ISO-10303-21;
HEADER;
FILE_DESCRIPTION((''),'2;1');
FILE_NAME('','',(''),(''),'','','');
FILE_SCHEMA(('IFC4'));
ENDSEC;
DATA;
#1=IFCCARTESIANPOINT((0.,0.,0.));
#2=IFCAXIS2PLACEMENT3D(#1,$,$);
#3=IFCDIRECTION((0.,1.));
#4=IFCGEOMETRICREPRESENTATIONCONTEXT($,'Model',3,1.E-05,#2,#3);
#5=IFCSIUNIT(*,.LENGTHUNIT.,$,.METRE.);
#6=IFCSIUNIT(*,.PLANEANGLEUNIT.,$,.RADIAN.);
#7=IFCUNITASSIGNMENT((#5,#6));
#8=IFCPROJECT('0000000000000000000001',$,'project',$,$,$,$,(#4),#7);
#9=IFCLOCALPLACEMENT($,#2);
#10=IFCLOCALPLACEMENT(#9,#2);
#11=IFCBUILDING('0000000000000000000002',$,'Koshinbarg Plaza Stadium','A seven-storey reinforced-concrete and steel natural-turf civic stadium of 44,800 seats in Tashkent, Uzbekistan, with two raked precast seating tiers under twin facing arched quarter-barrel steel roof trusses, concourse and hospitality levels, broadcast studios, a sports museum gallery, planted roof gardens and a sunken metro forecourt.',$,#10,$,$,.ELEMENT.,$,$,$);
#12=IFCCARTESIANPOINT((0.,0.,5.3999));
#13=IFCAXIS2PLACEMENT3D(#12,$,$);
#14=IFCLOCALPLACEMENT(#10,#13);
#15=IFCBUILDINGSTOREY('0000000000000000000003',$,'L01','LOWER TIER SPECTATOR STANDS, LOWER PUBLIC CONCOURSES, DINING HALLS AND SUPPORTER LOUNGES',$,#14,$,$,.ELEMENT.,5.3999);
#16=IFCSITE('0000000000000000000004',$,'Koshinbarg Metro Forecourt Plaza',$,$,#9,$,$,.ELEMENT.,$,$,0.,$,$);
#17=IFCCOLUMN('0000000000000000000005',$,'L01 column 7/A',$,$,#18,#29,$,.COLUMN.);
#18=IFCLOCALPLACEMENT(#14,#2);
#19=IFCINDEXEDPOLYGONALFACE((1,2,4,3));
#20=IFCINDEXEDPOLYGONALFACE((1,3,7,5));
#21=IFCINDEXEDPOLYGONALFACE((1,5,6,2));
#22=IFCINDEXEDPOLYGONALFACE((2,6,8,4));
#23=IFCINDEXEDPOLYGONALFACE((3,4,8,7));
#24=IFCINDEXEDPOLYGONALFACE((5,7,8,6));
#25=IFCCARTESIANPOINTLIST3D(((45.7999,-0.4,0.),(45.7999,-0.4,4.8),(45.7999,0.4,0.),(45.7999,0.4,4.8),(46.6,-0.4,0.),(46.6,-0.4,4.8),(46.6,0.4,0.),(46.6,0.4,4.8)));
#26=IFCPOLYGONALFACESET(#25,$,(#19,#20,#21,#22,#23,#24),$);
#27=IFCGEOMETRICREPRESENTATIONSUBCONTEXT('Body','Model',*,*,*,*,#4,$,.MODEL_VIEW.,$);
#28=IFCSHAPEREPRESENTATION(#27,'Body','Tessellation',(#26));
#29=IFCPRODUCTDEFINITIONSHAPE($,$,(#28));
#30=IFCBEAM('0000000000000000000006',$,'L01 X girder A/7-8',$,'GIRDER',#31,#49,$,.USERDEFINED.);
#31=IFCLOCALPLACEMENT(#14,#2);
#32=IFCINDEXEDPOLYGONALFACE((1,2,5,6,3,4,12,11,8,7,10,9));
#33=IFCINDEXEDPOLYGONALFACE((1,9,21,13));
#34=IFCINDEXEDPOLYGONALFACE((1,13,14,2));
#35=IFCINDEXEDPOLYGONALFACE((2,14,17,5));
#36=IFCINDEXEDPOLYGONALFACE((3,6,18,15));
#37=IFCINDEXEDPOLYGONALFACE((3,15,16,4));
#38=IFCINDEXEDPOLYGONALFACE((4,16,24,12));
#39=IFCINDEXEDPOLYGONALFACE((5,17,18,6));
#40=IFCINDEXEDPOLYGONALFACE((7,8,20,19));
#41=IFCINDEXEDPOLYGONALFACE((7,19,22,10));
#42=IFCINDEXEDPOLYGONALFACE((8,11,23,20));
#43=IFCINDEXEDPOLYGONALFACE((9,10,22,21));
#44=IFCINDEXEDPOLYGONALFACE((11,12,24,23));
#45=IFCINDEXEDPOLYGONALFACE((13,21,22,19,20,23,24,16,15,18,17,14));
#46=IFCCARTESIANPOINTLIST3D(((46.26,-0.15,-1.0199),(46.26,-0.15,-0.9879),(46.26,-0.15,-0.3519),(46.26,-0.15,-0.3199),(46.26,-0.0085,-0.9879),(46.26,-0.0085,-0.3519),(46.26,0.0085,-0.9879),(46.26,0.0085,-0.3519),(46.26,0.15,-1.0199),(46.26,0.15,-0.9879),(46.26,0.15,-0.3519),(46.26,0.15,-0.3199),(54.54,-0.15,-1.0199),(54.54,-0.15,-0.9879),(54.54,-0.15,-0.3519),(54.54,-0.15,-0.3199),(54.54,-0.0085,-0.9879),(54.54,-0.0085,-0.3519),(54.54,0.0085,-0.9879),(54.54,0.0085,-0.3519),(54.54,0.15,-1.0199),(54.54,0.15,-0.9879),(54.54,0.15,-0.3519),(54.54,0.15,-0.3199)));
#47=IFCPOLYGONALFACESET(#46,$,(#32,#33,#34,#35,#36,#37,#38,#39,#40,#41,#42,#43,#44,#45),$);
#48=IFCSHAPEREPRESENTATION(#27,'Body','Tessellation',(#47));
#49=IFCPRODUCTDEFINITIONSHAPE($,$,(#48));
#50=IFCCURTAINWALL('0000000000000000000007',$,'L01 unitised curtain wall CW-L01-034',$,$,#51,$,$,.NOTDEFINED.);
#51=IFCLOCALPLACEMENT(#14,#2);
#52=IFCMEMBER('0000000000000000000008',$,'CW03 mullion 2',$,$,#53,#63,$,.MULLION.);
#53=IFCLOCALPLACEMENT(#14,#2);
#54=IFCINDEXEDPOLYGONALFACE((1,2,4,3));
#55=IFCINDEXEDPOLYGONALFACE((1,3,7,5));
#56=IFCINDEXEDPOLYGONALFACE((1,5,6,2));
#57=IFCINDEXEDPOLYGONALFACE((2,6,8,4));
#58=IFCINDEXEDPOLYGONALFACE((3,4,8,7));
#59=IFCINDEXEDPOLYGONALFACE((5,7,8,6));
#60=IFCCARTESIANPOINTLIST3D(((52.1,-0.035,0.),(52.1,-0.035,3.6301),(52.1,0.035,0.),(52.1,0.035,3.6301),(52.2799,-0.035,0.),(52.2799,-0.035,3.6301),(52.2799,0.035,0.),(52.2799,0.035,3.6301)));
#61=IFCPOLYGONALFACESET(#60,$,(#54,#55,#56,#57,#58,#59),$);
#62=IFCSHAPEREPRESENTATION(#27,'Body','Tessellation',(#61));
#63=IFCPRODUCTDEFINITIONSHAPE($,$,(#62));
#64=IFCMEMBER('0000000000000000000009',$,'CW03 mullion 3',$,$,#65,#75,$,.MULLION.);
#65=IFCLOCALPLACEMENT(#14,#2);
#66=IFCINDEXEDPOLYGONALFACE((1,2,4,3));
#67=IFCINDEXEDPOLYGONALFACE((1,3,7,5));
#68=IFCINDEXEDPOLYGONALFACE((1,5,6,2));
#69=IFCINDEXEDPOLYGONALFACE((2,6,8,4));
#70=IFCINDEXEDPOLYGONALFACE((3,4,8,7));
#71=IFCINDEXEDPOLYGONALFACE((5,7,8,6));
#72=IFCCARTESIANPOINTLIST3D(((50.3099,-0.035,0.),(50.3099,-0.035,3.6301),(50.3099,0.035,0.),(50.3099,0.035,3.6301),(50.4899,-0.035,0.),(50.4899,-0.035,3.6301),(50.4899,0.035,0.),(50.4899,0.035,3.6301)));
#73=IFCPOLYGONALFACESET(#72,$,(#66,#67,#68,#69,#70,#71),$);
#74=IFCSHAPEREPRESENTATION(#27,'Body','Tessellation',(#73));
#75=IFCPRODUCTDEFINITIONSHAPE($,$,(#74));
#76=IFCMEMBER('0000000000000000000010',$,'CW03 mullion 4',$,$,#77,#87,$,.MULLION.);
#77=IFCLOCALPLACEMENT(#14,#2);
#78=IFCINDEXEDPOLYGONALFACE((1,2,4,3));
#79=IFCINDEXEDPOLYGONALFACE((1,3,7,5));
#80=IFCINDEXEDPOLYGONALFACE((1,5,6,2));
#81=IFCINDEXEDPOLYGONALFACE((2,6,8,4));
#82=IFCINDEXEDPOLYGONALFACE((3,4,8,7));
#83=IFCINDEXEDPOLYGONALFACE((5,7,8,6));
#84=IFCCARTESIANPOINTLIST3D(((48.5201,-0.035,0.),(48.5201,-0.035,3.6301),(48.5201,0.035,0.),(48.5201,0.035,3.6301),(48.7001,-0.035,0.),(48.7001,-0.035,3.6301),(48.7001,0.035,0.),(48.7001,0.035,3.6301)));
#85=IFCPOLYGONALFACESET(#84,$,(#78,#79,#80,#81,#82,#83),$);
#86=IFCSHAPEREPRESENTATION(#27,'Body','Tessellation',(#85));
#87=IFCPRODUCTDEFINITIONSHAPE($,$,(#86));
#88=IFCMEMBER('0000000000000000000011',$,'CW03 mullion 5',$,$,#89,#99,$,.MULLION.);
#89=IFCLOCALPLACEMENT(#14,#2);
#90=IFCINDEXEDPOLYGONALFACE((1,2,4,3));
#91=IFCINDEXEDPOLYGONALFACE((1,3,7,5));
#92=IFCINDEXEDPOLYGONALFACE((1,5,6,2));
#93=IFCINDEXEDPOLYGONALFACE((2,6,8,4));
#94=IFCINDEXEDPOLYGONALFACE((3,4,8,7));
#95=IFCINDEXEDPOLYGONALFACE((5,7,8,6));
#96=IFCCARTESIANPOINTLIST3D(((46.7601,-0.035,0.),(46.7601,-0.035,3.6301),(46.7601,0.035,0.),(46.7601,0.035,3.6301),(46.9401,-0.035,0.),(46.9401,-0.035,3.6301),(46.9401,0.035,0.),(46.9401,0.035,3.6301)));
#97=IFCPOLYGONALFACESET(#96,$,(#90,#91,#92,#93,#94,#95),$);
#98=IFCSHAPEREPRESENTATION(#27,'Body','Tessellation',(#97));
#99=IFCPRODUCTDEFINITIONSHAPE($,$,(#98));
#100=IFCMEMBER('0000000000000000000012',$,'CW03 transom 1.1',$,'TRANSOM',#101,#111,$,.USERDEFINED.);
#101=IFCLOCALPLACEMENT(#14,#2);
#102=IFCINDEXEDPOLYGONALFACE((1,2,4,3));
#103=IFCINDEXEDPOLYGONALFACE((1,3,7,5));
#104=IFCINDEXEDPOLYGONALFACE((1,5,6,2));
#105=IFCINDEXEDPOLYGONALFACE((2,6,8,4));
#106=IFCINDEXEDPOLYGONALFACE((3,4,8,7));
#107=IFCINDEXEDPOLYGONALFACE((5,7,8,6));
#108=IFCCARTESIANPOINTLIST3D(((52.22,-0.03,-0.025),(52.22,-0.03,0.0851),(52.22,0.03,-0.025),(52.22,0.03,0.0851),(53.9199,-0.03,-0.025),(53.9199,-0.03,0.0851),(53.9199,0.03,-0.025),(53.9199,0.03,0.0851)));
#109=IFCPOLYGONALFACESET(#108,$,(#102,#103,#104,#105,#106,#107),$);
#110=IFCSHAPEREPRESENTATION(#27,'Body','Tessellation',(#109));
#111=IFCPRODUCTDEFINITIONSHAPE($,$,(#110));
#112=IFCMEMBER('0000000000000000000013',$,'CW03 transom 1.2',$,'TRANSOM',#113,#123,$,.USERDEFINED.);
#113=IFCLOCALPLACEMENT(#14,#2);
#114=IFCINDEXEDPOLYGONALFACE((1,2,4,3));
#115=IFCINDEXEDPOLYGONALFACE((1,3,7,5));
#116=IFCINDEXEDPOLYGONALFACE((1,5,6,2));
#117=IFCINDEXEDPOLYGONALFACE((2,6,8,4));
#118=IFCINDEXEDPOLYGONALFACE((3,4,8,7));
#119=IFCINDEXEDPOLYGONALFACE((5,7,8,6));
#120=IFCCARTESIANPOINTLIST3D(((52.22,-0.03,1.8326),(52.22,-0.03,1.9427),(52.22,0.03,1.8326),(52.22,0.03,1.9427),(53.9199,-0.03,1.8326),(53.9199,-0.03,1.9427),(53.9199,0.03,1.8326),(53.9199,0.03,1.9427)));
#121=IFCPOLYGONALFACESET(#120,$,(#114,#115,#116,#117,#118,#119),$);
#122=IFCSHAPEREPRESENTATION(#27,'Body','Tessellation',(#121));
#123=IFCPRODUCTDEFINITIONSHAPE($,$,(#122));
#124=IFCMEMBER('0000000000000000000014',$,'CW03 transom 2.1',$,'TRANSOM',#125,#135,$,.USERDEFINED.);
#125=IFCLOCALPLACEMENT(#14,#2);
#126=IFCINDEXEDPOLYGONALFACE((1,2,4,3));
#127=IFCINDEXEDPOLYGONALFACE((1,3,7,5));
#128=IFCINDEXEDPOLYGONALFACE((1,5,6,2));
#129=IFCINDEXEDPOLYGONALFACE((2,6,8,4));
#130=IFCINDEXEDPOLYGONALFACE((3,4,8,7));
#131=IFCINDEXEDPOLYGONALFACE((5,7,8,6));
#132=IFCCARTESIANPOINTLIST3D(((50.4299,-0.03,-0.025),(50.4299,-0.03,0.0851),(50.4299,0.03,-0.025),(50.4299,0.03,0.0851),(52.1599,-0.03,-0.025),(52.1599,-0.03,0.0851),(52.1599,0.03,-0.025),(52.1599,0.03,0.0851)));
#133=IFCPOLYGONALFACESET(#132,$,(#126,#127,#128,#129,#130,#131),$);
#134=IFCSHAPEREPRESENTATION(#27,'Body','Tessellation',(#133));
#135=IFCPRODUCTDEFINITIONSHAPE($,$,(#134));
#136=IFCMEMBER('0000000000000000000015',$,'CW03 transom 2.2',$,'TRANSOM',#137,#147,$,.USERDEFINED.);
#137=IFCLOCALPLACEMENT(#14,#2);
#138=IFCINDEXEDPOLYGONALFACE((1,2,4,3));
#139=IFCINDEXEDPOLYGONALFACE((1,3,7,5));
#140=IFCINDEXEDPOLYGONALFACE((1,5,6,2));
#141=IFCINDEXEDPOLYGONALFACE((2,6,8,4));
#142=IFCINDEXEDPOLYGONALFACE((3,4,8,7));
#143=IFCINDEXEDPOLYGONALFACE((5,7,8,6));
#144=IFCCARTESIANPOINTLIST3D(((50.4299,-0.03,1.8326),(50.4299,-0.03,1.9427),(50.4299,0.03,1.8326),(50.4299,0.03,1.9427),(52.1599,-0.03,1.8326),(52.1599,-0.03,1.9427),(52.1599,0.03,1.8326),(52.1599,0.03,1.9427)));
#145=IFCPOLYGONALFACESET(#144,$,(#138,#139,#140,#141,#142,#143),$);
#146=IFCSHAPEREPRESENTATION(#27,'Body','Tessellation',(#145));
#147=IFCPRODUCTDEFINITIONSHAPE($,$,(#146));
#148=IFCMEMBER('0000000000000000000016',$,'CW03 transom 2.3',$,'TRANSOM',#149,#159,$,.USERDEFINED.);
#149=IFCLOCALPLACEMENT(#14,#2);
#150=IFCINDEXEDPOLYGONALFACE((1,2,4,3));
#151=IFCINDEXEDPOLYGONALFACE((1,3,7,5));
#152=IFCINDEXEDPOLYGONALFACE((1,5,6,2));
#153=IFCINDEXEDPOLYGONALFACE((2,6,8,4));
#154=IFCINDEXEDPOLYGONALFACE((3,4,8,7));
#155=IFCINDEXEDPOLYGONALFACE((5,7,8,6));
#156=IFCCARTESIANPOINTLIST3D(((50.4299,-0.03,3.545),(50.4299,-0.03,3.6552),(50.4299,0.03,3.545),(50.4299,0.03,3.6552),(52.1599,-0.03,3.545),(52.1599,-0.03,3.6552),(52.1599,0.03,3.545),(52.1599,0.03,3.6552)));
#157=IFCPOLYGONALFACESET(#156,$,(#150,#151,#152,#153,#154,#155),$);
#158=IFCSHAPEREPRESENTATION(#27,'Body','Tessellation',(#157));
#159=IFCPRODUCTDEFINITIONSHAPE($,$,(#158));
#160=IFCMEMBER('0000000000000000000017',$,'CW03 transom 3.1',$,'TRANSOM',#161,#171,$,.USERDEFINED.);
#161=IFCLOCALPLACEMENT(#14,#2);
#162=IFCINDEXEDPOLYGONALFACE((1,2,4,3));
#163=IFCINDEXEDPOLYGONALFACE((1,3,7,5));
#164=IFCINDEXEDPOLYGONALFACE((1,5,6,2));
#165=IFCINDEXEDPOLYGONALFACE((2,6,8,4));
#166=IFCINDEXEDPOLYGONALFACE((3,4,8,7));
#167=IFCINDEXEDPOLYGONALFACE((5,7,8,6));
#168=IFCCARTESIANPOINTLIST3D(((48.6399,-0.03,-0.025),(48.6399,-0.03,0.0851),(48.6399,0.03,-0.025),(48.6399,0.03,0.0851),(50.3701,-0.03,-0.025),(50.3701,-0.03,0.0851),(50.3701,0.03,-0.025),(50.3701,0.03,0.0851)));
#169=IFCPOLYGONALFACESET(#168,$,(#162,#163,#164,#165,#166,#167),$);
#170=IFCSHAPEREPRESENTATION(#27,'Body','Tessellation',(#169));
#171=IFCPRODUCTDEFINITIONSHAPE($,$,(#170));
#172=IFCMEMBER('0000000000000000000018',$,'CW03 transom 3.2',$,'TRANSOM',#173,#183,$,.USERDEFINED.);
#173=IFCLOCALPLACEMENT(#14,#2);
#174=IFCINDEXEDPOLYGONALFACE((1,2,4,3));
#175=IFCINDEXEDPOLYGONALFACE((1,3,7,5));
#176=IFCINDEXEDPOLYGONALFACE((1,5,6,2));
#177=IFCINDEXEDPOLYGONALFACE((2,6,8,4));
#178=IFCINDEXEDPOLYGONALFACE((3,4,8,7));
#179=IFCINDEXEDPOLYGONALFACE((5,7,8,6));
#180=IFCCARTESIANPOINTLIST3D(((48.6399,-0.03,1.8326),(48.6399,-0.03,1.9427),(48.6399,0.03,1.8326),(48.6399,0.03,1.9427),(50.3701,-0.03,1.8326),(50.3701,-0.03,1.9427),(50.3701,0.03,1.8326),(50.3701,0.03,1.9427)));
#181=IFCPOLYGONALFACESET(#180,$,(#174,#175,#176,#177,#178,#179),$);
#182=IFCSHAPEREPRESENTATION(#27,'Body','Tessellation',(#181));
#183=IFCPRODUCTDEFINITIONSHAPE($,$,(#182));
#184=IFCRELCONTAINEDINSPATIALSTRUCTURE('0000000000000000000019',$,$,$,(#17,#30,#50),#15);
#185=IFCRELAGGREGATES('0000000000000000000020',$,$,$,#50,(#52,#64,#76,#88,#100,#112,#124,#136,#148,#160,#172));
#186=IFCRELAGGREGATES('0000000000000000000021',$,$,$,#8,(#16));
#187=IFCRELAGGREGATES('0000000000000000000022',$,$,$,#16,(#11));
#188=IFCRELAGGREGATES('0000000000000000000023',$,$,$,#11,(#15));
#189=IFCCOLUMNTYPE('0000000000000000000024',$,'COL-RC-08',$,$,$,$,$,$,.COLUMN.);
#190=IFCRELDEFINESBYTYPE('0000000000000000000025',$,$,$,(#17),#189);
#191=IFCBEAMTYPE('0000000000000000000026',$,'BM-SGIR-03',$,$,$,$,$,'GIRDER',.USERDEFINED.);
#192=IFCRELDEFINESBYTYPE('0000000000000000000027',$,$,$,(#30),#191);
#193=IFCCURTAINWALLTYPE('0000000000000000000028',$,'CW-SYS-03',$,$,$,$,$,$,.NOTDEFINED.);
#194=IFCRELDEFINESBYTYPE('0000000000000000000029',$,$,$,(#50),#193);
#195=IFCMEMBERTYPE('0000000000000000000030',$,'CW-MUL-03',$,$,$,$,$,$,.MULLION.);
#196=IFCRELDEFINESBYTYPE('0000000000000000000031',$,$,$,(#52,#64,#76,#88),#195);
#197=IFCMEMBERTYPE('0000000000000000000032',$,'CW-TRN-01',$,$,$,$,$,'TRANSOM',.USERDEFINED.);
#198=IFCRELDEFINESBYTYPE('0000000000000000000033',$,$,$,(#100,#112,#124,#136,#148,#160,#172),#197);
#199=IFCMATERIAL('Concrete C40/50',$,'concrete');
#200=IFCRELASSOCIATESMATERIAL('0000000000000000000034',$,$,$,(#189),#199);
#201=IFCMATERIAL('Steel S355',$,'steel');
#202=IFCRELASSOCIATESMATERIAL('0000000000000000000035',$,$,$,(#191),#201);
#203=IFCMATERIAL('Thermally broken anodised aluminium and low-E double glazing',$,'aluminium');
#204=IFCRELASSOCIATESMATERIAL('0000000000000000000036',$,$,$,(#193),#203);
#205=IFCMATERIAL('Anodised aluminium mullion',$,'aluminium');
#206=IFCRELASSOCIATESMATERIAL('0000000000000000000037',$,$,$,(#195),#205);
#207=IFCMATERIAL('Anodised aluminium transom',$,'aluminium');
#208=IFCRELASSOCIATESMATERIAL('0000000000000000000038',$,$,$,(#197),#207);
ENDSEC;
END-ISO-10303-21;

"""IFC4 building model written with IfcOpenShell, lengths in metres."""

from ifc_helpers import new_model, si_unit, direction, frame, origin, origin_2d, place, context, subcontext, project, spatial, rectangle, i_section, extrude, material, material_profile, profile_set, type_object, element, aggregate, save


model = new_model("IFC4")

# Units and contexts
model_context = context("Model", 3, precision=1e-05, world=origin(), true_north=direction((0.0, 1.0)))
body_context = subcontext(model_context, "Body", "Model", "MODEL_VIEW")
ifc_project = project(units=[si_unit("LENGTHUNIT", "METRE"), si_unit("PLANEANGLEUNIT", "RADIAN")], contexts=[model_context])

# Site, building, storey
site_placement = place(None, origin())
site = spatial("IfcSite", under=ifc_project, at=site_placement, Name="Koshinbarg Metro Forecourt Plaza", CompositionType="ELEMENT", RefElevation=0.0)
building_placement = place(site_placement, origin())
building = spatial("IfcBuilding", under=site, at=building_placement, Name="Koshinbarg Plaza Stadium", Description="A seven-storey reinforced-concrete and steel natural-turf civic stadium of 44,800 seats in Tashkent, Uzbekistan, with two raked precast seating tiers under twin facing arched quarter-barrel steel roof trusses, concourse and hospitality levels, broadcast studios, a sports museum gallery, planted roof gardens and a sunken metro forecourt.", CompositionType="ELEMENT")
storey_placement = place(building_placement, frame((0.0, 0.0, 5.3999)))
storey = spatial("IfcBuildingStorey", under=building, at=storey_placement, Name="L01", Description="LOWER TIER SPECTATOR STANDS, LOWER PUBLIC CONCOURSES, DINING HALLS AND SUPPORTER LOUNGES", CompositionType="ELEMENT", Elevation=5.3999)

# Column
ifc_material_1 = material(Name="Concrete C40/50", Category="concrete")
ifc_material_profile_1 = material_profile(ifc_material_1, rectangle(XDim=0.8, YDim=0.8, at=origin_2d()), Name="RC 800x800")
ifc_profile_set_1 = profile_set([ifc_material_profile_1], Name="Concrete C40/50")
column_type = type_object("IfcColumnType", Name="COL-RC-08", PredefinedType="COLUMN", material=ifc_profile_set_1)
column_placement = place(storey_placement, frame((46.2, 0.0, 0.0), z_axis=(0.0, 0.0, 1.0), x_axis=(1.0, 0.0, 0.0)))
element("IfcColumn", 1, at=column_placement, inside=storey, type_object=column_type, Name="L01 column 7/A", PredefinedType="COLUMN", context=body_context, shape_type="SweptSolid", body=[
    extrude(rectangle(XDim=0.8, YDim=0.8, at=origin_2d()), origin(), (0.0, 0.0, 1.0), 4.8),
])

# Beam
ifc_material_2 = material(Name="Steel S355", Category="steel")
ifc_material_profile_2 = material_profile(ifc_material_2, i_section(OverallWidth=0.3, OverallDepth=0.7, WebThickness=0.0171, FlangeThickness=0.032, at=origin_2d()), Name="HEB 700")
ifc_profile_set_2 = profile_set([ifc_material_profile_2], Name="Steel S355")
beam_type = type_object("IfcBeamType", Name="BM-SGIR-03", ElementType="GIRDER", PredefinedType="USERDEFINED", material=ifc_profile_set_2)
beam_placement = place(storey_placement, frame((46.26, 0.0, -0.6699), z_axis=(1.0, 0.0, 0.0), x_axis=(0.0, 1.0, 0.0)))
element("IfcBeam", 2, at=beam_placement, inside=storey, type_object=beam_type, Name="L01 X girder A/7-8", ObjectType="GIRDER", PredefinedType="USERDEFINED", context=body_context, shape_type="SweptSolid", body=[
    extrude(i_section(OverallWidth=0.3, OverallDepth=0.7, WebThickness=0.0171, FlangeThickness=0.032, at=origin_2d()), origin(), (0.0, 0.0, 1.0), 8.28),
])

# Curtain wall, members
ifc_material_3 = material(Name="Thermally broken anodised aluminium and low-E double glazing", Category="aluminium")
curtain_wall_type = type_object("IfcCurtainWallType", Name="CW-SYS-03", PredefinedType="NOTDEFINED", material=ifc_material_3)
curtain_wall_placement = place(storey_placement, origin())
curtain_wall = element("IfcCurtainWall", 3, at=curtain_wall_placement, inside=storey, type_object=curtain_wall_type, Name="L01 unitised curtain wall CW-L01-034", PredefinedType="NOTDEFINED")
ifc_material_4 = material(Name="Anodised aluminium mullion", Category="aluminium")
ifc_material_profile_3 = material_profile(ifc_material_4, rectangle(XDim=0.0701, YDim=0.1799, at=origin_2d()), Name="ALU 70x180")
ifc_profile_set_3 = profile_set([ifc_material_profile_3], Name="Anodised aluminium mullion")
member_type_1 = type_object("IfcMemberType", Name="CW-MUL-03", PredefinedType="MULLION", material=ifc_profile_set_3)
member_1_placement = place(storey_placement, frame((52.1899, 0.0, 0.0), z_axis=(0.0, 0.0, 1.0), x_axis=(0.0, -1.0, 0.0)))
member_1 = element("IfcMember", 4, at=member_1_placement, type_object=member_type_1, Name="CW03 mullion 2", PredefinedType="MULLION", context=body_context, shape_type="SweptSolid", body=[
    extrude(rectangle(XDim=0.0701, YDim=0.1799, at=origin_2d()), origin(), (0.0, 0.0, 1.0), 3.6301),
])
member_2_placement = place(storey_placement, frame((50.3999, 0.0, 0.0), z_axis=(0.0, 0.0, 1.0), x_axis=(0.0, -1.0, 0.0)))
member_2 = element("IfcMember", 5, at=member_2_placement, type_object=member_type_1, Name="CW03 mullion 3", PredefinedType="MULLION", context=body_context, shape_type="SweptSolid", body=[
    extrude(rectangle(XDim=0.0701, YDim=0.1799, at=origin_2d()), origin(), (0.0, 0.0, 1.0), 3.6301),
])
member_3_placement = place(storey_placement, frame((48.6101, 0.0, 0.0), z_axis=(0.0, 0.0, 1.0), x_axis=(0.0, -1.0, 0.0)))
member_3 = element("IfcMember", 6, at=member_3_placement, type_object=member_type_1, Name="CW03 mullion 4", PredefinedType="MULLION", context=body_context, shape_type="SweptSolid", body=[
    extrude(rectangle(XDim=0.0701, YDim=0.1799, at=origin_2d()), origin(), (0.0, 0.0, 1.0), 3.6301),
])
member_4_placement = place(storey_placement, frame((46.8501, 0.0, 0.0), z_axis=(0.0, 0.0, 1.0), x_axis=(0.0, -1.0, 0.0)))
member_4 = element("IfcMember", 7, at=member_4_placement, type_object=member_type_1, Name="CW03 mullion 5", PredefinedType="MULLION", context=body_context, shape_type="SweptSolid", body=[
    extrude(rectangle(XDim=0.0701, YDim=0.1799, at=origin_2d()), origin(), (0.0, 0.0, 1.0), 3.6301),
])
ifc_material_5 = material(Name="Anodised aluminium transom", Category="aluminium")
ifc_material_profile_4 = material_profile(ifc_material_5, rectangle(XDim=0.0601, YDim=0.1101, at=origin_2d()), Name="ALU 60x110")
ifc_profile_set_4 = profile_set([ifc_material_profile_4], Name="Anodised aluminium transom")
member_type_2 = type_object("IfcMemberType", Name="CW-TRN-01", ElementType="TRANSOM", PredefinedType="USERDEFINED", material=ifc_profile_set_4)
member_5_placement = place(storey_placement, frame((53.9199, 0.0, 0.03), z_axis=(-1.0, 0.0, 0.0), x_axis=(0.0, -1.0, 0.0)))
member_5 = element("IfcMember", 8, at=member_5_placement, type_object=member_type_2, Name="CW03 transom 1.1", ObjectType="TRANSOM", PredefinedType="USERDEFINED", context=body_context, shape_type="SweptSolid", body=[
    extrude(rectangle(XDim=0.0601, YDim=0.1101, at=origin_2d()), origin(), (0.0, 0.0, 1.0), 1.7),
])
member_6_placement = place(storey_placement, frame((53.9199, 0.0, 1.8877), z_axis=(-1.0, 0.0, 0.0), x_axis=(0.0, -1.0, 0.0)))
member_6 = element("IfcMember", 9, at=member_6_placement, type_object=member_type_2, Name="CW03 transom 1.2", ObjectType="TRANSOM", PredefinedType="USERDEFINED", context=body_context, shape_type="SweptSolid", body=[
    extrude(rectangle(XDim=0.0601, YDim=0.1101, at=origin_2d()), origin(), (0.0, 0.0, 1.0), 1.7),
])
member_7_placement = place(storey_placement, frame((52.1599, 0.0, 0.03), z_axis=(-1.0, 0.0, 0.0), x_axis=(0.0, -1.0, 0.0)))
member_7 = element("IfcMember", 10, at=member_7_placement, type_object=member_type_2, Name="CW03 transom 2.1", ObjectType="TRANSOM", PredefinedType="USERDEFINED", context=body_context, shape_type="SweptSolid", body=[
    extrude(rectangle(XDim=0.0601, YDim=0.1101, at=origin_2d()), origin(), (0.0, 0.0, 1.0), 1.73),
])
member_8_placement = place(storey_placement, frame((52.1599, 0.0, 1.8877), z_axis=(-1.0, 0.0, 0.0), x_axis=(0.0, -1.0, 0.0)))
member_8 = element("IfcMember", 11, at=member_8_placement, type_object=member_type_2, Name="CW03 transom 2.2", ObjectType="TRANSOM", PredefinedType="USERDEFINED", context=body_context, shape_type="SweptSolid", body=[
    extrude(rectangle(XDim=0.0601, YDim=0.1101, at=origin_2d()), origin(), (0.0, 0.0, 1.0), 1.73),
])
member_9_placement = place(storey_placement, frame((52.1599, 0.0, 3.6001), z_axis=(-1.0, 0.0, 0.0), x_axis=(0.0, -1.0, 0.0)))
member_9 = element("IfcMember", 12, at=member_9_placement, type_object=member_type_2, Name="CW03 transom 2.3", ObjectType="TRANSOM", PredefinedType="USERDEFINED", context=body_context, shape_type="SweptSolid", body=[
    extrude(rectangle(XDim=0.0601, YDim=0.1101, at=origin_2d()), origin(), (0.0, 0.0, 1.0), 1.73),
])
member_10_placement = place(storey_placement, frame((50.3701, 0.0, 0.03), z_axis=(-1.0, 0.0, 0.0), x_axis=(0.0, -1.0, 0.0)))
member_10 = element("IfcMember", 13, at=member_10_placement, type_object=member_type_2, Name="CW03 transom 3.1", ObjectType="TRANSOM", PredefinedType="USERDEFINED", context=body_context, shape_type="SweptSolid", body=[
    extrude(rectangle(XDim=0.0601, YDim=0.1101, at=origin_2d()), origin(), (0.0, 0.0, 1.0), 1.7302),
])
member_11_placement = place(storey_placement, frame((50.3701, 0.0, 1.8877), z_axis=(-1.0, 0.0, 0.0), x_axis=(0.0, -1.0, 0.0)))
member_11 = element("IfcMember", 14, at=member_11_placement, type_object=member_type_2, Name="CW03 transom 3.2", ObjectType="TRANSOM", PredefinedType="USERDEFINED", context=body_context, shape_type="SweptSolid", body=[
    extrude(rectangle(XDim=0.0601, YDim=0.1101, at=origin_2d()), origin(), (0.0, 0.0, 1.0), 1.7302),
])
aggregate(curtain_wall, [member_1, member_2, member_3, member_4, member_5, member_6, member_7, member_8, member_9, member_10, member_11])

save(model, "model.ifc")
